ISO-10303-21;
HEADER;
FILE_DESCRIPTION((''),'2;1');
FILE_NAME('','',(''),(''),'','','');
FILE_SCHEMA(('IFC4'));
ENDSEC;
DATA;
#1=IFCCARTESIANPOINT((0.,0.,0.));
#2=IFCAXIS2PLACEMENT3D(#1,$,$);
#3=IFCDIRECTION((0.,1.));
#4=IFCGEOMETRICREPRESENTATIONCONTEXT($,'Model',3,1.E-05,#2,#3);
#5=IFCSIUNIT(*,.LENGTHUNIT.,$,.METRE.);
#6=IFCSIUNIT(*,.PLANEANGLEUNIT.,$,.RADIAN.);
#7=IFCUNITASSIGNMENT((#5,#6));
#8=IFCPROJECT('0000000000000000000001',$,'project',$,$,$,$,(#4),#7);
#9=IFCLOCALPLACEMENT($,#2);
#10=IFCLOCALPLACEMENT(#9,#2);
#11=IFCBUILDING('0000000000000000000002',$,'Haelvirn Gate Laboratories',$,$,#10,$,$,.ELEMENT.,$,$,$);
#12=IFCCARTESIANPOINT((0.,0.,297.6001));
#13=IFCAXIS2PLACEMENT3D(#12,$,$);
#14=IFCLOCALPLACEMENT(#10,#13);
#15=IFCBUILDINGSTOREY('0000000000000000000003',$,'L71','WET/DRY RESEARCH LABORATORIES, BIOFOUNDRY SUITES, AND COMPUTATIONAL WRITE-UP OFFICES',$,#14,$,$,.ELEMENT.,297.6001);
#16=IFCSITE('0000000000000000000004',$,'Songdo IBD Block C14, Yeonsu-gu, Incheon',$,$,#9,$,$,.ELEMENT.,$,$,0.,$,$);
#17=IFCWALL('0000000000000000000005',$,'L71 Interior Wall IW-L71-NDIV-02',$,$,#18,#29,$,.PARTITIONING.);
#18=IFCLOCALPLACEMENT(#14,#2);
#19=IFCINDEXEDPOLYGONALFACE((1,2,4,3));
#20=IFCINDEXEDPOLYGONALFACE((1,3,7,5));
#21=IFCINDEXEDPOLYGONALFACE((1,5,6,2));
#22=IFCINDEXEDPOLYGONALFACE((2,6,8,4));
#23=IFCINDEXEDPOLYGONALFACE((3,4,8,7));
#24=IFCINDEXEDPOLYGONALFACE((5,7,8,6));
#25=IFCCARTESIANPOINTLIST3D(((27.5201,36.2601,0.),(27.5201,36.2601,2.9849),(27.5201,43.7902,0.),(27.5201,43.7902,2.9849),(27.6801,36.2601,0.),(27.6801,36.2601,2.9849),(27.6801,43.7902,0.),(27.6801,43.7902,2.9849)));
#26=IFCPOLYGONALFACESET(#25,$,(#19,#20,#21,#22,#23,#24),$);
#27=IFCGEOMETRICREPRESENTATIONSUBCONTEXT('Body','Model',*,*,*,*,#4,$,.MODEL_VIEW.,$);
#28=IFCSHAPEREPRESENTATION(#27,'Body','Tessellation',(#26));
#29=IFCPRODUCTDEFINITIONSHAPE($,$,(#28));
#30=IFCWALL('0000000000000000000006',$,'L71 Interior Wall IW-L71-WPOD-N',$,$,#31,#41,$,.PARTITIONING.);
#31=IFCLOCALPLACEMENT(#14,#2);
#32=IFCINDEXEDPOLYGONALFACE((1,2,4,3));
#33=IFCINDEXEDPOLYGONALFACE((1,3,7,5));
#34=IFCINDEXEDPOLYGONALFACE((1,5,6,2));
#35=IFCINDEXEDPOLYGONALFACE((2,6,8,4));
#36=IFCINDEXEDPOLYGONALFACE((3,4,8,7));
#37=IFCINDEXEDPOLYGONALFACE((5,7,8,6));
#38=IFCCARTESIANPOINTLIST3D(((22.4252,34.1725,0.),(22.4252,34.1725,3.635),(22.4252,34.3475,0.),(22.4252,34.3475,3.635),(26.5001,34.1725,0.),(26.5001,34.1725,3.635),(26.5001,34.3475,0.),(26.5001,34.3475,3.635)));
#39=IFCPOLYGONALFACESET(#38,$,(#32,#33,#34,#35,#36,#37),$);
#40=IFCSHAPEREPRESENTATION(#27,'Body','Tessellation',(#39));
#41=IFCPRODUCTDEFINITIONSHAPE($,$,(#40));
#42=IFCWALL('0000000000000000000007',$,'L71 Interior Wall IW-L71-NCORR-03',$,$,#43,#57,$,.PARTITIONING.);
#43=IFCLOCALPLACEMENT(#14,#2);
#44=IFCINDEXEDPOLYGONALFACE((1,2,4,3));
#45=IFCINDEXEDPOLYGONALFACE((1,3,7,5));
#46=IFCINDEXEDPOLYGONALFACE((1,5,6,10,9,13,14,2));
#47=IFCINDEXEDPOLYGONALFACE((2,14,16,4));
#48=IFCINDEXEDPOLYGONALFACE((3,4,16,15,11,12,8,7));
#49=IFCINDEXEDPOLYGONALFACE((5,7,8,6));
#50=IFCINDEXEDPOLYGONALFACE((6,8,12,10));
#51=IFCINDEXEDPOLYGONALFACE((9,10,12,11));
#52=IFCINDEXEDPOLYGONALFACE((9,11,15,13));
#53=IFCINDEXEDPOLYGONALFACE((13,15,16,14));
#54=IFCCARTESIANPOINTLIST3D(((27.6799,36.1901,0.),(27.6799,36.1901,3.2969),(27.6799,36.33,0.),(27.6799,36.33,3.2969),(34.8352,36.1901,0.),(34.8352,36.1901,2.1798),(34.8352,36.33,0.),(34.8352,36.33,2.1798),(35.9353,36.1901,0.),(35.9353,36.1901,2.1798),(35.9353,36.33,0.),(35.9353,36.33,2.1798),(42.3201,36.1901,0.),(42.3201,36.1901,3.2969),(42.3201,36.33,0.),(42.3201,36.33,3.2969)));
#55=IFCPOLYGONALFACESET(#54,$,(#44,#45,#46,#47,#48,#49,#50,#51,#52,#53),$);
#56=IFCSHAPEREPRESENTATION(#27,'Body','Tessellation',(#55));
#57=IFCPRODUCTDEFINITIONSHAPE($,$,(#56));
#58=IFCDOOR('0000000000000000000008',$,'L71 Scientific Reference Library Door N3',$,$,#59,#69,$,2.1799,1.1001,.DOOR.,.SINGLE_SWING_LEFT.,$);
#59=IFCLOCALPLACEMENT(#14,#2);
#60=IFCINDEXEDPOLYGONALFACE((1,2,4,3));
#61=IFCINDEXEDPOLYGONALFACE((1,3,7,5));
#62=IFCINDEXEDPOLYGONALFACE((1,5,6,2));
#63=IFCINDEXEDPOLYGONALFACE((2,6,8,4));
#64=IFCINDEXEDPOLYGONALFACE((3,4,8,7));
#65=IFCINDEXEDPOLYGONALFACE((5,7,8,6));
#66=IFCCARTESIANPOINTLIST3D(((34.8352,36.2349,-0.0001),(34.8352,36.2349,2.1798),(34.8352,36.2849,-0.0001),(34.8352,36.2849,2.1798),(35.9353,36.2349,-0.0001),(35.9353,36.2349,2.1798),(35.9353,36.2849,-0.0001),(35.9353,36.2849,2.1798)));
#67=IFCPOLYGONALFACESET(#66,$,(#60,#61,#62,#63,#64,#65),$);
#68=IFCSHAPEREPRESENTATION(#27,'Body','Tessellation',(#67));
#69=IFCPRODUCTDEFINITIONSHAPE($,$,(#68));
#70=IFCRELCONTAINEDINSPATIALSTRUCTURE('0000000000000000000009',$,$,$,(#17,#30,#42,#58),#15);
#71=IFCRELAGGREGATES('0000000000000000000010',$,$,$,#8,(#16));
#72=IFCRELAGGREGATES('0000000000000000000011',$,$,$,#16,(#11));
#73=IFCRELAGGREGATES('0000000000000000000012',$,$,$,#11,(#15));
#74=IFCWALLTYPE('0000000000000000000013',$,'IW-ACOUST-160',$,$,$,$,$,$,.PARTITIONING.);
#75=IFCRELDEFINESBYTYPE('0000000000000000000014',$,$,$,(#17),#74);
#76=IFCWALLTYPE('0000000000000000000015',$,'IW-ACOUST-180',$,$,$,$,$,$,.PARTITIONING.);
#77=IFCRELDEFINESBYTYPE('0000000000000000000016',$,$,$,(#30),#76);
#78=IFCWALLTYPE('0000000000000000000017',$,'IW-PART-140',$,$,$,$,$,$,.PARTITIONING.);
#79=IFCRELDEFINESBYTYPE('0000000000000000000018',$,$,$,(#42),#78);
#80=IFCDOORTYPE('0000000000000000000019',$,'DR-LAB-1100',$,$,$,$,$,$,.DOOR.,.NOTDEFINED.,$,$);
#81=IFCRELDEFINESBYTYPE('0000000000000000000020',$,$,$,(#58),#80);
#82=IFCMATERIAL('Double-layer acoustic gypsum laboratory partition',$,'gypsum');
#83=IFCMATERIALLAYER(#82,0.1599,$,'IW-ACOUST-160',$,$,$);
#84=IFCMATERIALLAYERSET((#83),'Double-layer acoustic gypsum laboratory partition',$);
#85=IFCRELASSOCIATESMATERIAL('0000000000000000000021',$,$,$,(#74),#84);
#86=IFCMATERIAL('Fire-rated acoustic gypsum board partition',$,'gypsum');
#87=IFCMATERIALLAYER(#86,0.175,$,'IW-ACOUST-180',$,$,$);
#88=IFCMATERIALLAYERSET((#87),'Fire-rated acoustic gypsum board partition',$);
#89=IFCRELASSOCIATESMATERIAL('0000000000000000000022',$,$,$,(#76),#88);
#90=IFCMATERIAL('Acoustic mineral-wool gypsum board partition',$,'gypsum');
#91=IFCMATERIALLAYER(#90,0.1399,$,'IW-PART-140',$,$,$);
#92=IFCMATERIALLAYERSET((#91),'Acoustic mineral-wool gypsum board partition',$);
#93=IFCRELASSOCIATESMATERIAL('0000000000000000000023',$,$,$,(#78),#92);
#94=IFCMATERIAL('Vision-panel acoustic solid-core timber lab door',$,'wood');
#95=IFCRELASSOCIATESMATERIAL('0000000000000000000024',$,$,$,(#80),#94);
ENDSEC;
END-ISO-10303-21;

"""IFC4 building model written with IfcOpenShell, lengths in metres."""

from ifc_helpers import new_model, si_unit, direction, frame, frame_2d, origin, place, context, subcontext, project, spatial, rectangle, extrude, source, transform, mapped, material, layer, layer_set, type_object, type_shapes, element, fill, save


model = new_model("IFC4")

# Units and contexts
model_context = context("Model", 3, precision=1e-05, world=origin(), true_north=direction((0.0, 1.0)))
body_context = subcontext(model_context, "Body", "Model", "MODEL_VIEW")
ifc_project = project(units=[si_unit("LENGTHUNIT", "METRE"), si_unit("PLANEANGLEUNIT", "RADIAN")], contexts=[model_context])

# Site, building, storey
site_placement = place(None, origin())
site = spatial("IfcSite", under=ifc_project, at=site_placement, Name="Songdo IBD Block C14, Yeonsu-gu, Incheon", CompositionType="ELEMENT", RefElevation=0.0)
building_placement = place(site_placement, origin())
building = spatial("IfcBuilding", under=site, at=building_placement, Name="Haelvirn Gate Laboratories", CompositionType="ELEMENT")
storey_placement = place(building_placement, frame((0.0, 0.0, 297.6001)))
storey = spatial("IfcBuildingStorey", under=building, at=storey_placement, Name="L71", Description="WET/DRY RESEARCH LABORATORIES, BIOFOUNDRY SUITES, AND COMPUTATIONAL WRITE-UP OFFICES", CompositionType="ELEMENT", Elevation=297.6001)

# Walls
ifc_material_1 = material(Name="Double-layer acoustic gypsum laboratory partition", Category="gypsum")
ifc_layer_1 = layer(ifc_material_1, 0.1599, Name="IW-ACOUST-160")
ifc_layer_set_1 = layer_set([ifc_layer_1], Name="Double-layer acoustic gypsum laboratory partition")
wall_type_1 = type_object("IfcWallType", Name="IW-ACOUST-160", PredefinedType="PARTITIONING", material=ifc_layer_set_1)
wall_1_placement = place(storey_placement, frame((27.6001, 36.26, 0.0), z_axis=(0.0, 0.0, 1.0), x_axis=(0.0, 1.0, 0.0)))
element("IfcWall", 1, at=wall_1_placement, inside=storey, type_object=wall_type_1, Name="L71 Interior Wall IW-L71-NDIV-02", PredefinedType="PARTITIONING", context=body_context, shape_type="SweptSolid", body=[
    extrude(rectangle(XDim=7.53, YDim=0.1599, at=frame_2d((3.7651, 0.0))), origin(), (0.0, 0.0, 1.0), 2.9849),
])
ifc_material_2 = material(Name="Fire-rated acoustic gypsum board partition", Category="gypsum")
ifc_layer_2 = layer(ifc_material_2, 0.175, Name="IW-ACOUST-180")
ifc_layer_set_2 = layer_set([ifc_layer_2], Name="Fire-rated acoustic gypsum board partition")
wall_type_2 = type_object("IfcWallType", Name="IW-ACOUST-180", PredefinedType="PARTITIONING", material=ifc_layer_set_2)
wall_2_placement = place(storey_placement, frame((22.425, 34.26, 0.0), z_axis=(0.0, 0.0, 1.0), x_axis=(1.0, 0.0, 0.0)))
element("IfcWall", 2, at=wall_2_placement, inside=storey, type_object=wall_type_2, Name="L71 Interior Wall IW-L71-WPOD-N", PredefinedType="PARTITIONING", context=body_context, shape_type="SweptSolid", body=[
    extrude(rectangle(XDim=4.075, YDim=0.175, at=frame_2d((2.0376, 0.0))), origin(), (0.0, 0.0, 1.0), 3.635),
])

# Wall, opening, door
ifc_material_3 = material(Name="Acoustic mineral-wool gypsum board partition", Category="gypsum")
ifc_layer_3 = layer(ifc_material_3, 0.1399, Name="IW-PART-140")
ifc_layer_set_3 = layer_set([ifc_layer_3], Name="Acoustic mineral-wool gypsum board partition")
wall_type_3 = type_object("IfcWallType", Name="IW-PART-140", PredefinedType="PARTITIONING", material=ifc_layer_set_3)
wall_3_placement = place(storey_placement, frame((27.6799, 36.26, 0.0), z_axis=(0.0, 0.0, 1.0), x_axis=(1.0, 0.0, 0.0)))
wall_3 = element("IfcWall", 3, at=wall_3_placement, inside=storey, type_object=wall_type_3, Name="L71 Interior Wall IW-L71-NCORR-03", PredefinedType="PARTITIONING", context=body_context, shape_type="SweptSolid", body=[
    extrude(rectangle(XDim=14.6401, YDim=0.1399, at=frame_2d((7.3201, 0.0))), origin(), (0.0, 0.0, 1.0), 3.2969),
])
opening_placement = place(wall_3_placement, frame((7.1553, 0.0, 0.0)))
opening = element("IfcOpeningElement", 4, at=opening_placement, cuts=wall_3, PredefinedType="OPENING", context=body_context, shape_type="SweptSolid", body=[
    extrude(rectangle(XDim=1.1001, YDim=2.1799, at=frame_2d((0.55, 1.0898))), frame((0.0, 0.0801, 0.0), z_axis=(0.0, -1.0, 0.0), x_axis=(1.0, 0.0, 0.0)), (0.0, 0.0, 1.0), 0.1599),
])
ifc_material_4 = material(Name="Vision-panel acoustic solid-core timber lab door", Category="wood")
door_type = type_object("IfcDoorType", Name="DR-LAB-1100", OperationType="NOTDEFINED", PredefinedType="DOOR", material=ifc_material_4)
shared_shape_1 = source(origin(), body_context, "Body", "SweptSolid", [
    extrude(rectangle(XDim=1.1001, YDim=2.1799, at=frame_2d((0.55, 1.0898))), frame((0.0, 0.0249, 0.0), z_axis=(0.0, -1.0, 0.0), x_axis=(1.0, 0.0, 0.0)), (0.0, 0.0, 1.0), 0.05),
])
type_shapes(door_type, [shared_shape_1])
door_placement = place(opening_placement, origin())
door = element("IfcDoor", 5, at=door_placement, inside=storey, type_object=door_type, Name="L71 Scientific Reference Library Door N3", OperationType="SINGLE_SWING_LEFT", OverallHeight=2.1799, OverallWidth=1.1001, PredefinedType="DOOR", context=body_context, shape_type="MappedRepresentation", body=[
    mapped(shared_shape_1, transform((0.0, 0.0, 0.0), scale=1.0)),
])
fill(opening, door)

save(model, "model.ifc")
